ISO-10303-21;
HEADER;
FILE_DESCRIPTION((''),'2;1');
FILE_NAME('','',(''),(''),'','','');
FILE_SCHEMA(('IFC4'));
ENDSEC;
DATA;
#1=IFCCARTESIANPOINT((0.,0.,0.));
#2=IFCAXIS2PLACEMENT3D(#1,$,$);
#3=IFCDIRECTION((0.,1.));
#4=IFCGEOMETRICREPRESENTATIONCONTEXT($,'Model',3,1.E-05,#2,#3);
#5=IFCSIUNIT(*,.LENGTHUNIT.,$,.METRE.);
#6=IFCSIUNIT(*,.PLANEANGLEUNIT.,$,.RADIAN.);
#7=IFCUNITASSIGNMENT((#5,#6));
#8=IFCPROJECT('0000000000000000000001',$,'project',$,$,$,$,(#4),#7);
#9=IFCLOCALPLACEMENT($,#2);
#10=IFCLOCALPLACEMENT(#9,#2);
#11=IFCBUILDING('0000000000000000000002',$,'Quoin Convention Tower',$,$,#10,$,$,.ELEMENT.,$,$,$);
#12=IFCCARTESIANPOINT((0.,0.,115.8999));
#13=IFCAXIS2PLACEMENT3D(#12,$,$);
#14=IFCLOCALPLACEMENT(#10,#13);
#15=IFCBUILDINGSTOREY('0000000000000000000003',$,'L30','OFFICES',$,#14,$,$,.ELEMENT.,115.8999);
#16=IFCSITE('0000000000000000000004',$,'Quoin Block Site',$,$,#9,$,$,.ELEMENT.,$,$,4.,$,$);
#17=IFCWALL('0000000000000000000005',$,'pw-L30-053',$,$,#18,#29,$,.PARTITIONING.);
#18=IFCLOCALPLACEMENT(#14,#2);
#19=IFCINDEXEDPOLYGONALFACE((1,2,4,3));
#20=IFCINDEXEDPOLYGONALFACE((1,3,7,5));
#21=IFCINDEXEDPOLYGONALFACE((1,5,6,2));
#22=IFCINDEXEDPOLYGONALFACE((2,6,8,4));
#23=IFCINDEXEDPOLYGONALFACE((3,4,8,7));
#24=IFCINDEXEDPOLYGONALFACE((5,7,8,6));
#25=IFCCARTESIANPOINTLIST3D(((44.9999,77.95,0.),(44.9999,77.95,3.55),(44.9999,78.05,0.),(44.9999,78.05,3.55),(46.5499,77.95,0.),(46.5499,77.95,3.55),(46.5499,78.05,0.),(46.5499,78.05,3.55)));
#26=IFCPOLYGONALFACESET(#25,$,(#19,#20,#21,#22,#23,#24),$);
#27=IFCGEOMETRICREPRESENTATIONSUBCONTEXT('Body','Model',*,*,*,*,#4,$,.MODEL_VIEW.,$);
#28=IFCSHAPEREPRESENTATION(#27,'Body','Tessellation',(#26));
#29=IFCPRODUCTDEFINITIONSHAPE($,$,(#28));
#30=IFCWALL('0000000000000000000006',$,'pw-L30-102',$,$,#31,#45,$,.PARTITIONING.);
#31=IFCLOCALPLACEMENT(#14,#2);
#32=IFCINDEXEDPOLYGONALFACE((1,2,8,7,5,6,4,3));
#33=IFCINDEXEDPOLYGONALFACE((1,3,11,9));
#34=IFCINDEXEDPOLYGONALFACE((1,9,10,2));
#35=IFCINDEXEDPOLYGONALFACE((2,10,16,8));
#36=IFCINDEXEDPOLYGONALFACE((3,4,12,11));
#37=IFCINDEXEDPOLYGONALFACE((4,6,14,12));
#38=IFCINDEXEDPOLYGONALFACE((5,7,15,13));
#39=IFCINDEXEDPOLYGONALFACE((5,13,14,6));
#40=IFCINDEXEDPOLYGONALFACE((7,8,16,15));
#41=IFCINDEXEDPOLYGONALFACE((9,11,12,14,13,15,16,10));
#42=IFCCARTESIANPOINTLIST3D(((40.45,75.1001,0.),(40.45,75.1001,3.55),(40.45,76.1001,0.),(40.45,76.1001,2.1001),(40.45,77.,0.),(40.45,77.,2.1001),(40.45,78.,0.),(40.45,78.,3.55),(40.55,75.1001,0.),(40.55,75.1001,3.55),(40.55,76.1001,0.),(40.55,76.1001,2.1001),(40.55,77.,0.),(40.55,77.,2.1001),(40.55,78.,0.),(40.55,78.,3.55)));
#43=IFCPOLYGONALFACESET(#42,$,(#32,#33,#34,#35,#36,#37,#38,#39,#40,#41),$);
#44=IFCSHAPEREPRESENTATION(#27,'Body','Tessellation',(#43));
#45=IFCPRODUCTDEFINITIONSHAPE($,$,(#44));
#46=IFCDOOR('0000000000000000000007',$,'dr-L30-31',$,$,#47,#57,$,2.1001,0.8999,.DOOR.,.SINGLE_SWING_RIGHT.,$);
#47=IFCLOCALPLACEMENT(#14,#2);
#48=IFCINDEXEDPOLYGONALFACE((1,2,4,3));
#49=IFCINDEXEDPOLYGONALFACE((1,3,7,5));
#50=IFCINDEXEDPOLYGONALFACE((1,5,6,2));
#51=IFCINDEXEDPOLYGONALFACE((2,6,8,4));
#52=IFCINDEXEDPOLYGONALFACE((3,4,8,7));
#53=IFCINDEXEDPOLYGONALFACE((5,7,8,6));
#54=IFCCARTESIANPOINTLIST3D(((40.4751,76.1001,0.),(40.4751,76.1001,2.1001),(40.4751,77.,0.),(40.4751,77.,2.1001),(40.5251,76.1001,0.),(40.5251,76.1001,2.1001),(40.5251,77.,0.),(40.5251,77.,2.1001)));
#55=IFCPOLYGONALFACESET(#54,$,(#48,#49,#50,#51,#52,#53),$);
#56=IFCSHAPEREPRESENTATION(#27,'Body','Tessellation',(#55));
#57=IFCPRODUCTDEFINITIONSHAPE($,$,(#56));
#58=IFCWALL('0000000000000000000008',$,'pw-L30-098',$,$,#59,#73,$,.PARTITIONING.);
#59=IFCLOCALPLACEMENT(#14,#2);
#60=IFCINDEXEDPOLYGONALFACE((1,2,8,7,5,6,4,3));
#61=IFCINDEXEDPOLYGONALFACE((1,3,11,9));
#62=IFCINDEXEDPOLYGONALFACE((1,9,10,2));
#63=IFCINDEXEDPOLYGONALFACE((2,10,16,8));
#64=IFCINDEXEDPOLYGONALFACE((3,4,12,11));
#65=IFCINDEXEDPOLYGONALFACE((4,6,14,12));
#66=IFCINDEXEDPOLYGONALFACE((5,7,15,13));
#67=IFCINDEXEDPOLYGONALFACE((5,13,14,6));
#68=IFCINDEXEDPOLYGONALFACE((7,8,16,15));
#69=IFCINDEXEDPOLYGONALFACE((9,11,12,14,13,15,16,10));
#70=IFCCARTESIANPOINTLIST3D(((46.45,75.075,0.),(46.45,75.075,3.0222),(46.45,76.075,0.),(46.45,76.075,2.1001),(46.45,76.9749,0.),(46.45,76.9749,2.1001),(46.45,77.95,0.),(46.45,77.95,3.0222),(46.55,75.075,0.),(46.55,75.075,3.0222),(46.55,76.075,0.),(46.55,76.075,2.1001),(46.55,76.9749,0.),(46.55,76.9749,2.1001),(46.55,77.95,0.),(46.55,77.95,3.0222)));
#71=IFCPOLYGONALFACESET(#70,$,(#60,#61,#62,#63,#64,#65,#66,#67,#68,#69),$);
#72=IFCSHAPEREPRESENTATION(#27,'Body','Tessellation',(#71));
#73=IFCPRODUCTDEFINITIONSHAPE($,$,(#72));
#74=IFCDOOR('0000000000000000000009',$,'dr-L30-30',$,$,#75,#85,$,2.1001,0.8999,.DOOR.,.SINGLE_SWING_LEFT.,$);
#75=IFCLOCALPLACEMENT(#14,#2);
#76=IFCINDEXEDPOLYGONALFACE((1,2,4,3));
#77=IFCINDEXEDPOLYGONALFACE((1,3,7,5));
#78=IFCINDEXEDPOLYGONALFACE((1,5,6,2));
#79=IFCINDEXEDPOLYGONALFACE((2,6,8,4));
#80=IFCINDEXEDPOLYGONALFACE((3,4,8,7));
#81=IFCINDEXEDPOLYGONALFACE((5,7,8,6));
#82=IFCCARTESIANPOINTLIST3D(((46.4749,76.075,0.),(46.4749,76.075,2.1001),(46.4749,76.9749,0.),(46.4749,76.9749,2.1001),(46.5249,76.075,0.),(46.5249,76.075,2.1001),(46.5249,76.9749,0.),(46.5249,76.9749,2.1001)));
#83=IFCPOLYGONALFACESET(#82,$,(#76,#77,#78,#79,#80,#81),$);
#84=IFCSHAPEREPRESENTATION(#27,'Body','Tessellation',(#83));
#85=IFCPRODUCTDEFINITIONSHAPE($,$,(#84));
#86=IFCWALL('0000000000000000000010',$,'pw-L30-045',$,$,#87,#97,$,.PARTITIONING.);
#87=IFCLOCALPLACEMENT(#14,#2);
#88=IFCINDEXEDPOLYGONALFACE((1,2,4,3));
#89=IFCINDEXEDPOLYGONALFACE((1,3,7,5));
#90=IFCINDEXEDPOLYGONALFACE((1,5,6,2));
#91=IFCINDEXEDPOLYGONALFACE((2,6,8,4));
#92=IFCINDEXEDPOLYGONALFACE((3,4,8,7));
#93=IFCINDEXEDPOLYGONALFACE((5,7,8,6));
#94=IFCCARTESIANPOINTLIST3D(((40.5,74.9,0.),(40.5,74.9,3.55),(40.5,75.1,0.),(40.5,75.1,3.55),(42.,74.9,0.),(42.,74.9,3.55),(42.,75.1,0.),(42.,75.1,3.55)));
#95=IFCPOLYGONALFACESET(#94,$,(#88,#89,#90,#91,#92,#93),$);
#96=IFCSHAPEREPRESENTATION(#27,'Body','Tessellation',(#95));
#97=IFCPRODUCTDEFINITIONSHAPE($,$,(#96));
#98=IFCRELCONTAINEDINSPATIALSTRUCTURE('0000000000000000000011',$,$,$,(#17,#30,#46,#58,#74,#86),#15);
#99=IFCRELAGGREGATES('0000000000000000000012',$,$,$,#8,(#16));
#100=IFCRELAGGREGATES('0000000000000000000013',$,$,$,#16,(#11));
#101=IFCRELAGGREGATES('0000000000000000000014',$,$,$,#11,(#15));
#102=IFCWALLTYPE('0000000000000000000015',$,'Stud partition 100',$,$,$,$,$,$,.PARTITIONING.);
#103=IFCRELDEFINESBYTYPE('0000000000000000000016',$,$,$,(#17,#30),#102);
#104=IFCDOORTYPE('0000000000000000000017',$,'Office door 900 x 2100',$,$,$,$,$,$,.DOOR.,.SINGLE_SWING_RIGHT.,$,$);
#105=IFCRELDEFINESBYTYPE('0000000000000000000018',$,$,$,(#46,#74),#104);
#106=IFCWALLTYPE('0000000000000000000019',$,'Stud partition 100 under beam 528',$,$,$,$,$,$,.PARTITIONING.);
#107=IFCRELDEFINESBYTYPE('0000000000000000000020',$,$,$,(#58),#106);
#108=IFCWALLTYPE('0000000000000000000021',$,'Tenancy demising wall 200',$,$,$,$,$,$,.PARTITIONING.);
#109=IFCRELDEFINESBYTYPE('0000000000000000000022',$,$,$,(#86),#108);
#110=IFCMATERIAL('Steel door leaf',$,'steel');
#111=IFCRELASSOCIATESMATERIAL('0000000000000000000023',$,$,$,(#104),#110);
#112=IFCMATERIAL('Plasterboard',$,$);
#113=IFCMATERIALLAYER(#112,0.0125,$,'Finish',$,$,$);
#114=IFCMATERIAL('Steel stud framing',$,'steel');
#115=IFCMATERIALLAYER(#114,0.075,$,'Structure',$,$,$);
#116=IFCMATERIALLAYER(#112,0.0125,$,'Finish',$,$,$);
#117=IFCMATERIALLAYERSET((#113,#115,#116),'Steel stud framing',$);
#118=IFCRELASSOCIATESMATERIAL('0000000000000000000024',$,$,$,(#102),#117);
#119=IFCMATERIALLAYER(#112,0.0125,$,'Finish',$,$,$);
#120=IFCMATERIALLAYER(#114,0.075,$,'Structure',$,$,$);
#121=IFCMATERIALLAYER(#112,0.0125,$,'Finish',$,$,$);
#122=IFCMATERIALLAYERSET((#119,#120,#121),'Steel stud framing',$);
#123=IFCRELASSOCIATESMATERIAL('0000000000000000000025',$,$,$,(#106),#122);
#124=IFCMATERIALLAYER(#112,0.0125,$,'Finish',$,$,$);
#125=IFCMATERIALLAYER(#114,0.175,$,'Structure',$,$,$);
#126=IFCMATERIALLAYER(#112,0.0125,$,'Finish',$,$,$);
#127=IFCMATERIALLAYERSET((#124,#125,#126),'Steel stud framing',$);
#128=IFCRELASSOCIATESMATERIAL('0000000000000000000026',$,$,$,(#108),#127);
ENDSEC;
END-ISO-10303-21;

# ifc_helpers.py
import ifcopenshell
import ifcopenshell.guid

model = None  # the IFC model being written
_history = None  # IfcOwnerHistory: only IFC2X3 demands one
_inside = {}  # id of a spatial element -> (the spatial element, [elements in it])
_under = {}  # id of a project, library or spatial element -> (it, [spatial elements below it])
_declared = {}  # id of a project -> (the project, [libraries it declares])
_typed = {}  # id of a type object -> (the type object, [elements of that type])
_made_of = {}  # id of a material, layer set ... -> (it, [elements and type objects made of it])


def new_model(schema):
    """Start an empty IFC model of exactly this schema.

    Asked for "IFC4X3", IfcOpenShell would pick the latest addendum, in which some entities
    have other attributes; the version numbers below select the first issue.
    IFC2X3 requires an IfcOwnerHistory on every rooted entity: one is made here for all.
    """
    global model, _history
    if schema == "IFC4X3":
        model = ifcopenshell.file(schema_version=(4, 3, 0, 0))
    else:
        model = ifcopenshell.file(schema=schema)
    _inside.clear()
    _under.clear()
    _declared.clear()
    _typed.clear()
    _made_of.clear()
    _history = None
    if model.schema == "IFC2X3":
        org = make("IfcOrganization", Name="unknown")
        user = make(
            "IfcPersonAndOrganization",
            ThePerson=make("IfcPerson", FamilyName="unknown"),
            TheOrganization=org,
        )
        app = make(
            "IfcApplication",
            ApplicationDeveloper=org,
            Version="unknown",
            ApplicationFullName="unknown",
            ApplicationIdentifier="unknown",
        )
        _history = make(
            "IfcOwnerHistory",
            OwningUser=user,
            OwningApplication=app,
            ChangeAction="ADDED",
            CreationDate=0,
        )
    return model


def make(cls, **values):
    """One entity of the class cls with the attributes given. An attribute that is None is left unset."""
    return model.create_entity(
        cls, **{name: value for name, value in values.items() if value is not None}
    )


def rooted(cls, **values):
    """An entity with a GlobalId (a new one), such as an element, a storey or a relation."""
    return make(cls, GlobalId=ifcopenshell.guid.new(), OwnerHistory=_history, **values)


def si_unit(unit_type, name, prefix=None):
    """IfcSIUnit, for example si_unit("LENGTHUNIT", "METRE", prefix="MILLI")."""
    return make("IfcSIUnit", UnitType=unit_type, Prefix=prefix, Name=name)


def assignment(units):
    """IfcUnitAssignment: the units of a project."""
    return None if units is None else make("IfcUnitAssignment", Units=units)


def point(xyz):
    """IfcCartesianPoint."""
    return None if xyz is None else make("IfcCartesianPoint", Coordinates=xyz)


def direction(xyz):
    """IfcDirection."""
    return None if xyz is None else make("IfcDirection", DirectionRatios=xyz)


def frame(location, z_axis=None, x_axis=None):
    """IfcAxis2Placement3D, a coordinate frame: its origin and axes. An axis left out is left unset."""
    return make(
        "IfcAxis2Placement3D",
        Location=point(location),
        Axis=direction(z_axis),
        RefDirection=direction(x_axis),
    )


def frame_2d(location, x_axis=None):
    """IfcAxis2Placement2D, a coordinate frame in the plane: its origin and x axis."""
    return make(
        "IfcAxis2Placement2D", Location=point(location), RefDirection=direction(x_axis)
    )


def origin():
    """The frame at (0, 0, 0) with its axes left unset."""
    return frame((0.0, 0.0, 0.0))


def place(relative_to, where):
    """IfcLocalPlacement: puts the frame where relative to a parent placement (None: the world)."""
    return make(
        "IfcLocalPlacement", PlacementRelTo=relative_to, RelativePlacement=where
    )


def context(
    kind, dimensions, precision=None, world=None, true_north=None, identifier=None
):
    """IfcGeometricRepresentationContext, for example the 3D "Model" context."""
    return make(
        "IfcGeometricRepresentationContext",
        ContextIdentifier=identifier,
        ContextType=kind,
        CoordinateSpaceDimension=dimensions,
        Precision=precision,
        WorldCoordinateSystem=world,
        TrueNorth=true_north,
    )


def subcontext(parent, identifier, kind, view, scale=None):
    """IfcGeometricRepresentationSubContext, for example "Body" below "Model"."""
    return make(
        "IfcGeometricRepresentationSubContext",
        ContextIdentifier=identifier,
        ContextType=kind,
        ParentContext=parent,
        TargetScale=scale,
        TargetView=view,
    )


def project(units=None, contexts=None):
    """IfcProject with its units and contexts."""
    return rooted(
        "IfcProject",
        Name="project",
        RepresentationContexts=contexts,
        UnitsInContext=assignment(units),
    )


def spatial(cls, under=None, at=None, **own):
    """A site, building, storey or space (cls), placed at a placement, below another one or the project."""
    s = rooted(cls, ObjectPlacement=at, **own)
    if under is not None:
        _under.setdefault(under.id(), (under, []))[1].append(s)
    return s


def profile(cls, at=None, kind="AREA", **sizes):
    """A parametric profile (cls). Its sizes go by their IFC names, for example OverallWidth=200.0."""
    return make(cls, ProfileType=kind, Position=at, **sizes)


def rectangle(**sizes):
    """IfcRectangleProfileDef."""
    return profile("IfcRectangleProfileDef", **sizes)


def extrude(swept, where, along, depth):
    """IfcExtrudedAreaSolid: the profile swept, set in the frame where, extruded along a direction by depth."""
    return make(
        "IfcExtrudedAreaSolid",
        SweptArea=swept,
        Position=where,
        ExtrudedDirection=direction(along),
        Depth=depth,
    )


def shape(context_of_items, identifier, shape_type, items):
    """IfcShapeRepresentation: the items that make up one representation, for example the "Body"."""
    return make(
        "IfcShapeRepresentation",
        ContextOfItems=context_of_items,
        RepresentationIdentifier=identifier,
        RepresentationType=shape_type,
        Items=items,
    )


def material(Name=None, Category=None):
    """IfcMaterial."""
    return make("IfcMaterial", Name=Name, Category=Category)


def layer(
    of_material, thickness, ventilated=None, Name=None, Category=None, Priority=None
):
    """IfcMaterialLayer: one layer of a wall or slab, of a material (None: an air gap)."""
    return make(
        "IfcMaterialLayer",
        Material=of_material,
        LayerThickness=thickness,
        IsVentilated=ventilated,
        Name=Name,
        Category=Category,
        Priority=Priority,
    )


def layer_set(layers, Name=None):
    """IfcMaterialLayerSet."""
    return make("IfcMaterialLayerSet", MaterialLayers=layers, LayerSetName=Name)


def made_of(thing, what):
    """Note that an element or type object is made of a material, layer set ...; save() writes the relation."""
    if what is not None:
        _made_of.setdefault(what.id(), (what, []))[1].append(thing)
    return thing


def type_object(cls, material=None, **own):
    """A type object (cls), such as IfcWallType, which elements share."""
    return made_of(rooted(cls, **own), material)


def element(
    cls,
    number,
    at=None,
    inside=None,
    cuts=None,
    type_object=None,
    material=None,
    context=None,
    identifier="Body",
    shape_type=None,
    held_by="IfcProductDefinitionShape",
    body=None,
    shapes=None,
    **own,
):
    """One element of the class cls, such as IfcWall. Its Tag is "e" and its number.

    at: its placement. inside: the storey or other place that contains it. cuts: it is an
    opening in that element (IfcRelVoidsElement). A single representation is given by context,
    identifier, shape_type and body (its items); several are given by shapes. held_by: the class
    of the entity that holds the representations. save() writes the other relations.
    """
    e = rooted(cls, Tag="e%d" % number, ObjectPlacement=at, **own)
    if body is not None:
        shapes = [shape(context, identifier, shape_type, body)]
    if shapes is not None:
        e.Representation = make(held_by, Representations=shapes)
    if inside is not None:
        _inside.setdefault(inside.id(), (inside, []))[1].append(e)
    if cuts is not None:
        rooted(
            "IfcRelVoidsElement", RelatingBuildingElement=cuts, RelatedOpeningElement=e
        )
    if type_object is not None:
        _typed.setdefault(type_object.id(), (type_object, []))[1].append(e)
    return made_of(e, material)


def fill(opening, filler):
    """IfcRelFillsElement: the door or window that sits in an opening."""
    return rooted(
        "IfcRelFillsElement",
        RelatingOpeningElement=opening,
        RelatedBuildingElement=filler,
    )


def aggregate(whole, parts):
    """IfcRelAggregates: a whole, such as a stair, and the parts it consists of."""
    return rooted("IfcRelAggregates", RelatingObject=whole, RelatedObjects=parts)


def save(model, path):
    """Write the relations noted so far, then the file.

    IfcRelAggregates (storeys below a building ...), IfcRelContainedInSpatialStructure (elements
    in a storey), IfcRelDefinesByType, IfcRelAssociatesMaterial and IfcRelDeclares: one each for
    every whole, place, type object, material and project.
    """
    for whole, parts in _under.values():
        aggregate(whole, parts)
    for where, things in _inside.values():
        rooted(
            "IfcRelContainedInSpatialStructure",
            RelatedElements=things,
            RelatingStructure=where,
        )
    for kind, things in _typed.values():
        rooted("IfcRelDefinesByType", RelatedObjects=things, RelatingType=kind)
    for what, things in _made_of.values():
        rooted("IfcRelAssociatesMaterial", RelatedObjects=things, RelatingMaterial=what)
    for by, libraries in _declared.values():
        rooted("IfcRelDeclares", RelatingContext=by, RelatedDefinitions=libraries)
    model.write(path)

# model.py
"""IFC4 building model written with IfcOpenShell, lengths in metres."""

from ifc_helpers import new_model, si_unit, direction, frame, frame_2d, origin, place, context, subcontext, project, spatial, rectangle, extrude, material, layer, layer_set, type_object, element, fill, save


model = new_model("IFC4")

# Units and contexts
model_context = context("Model", 3, precision=1e-05, world=origin(), true_north=direction((0.0, 1.0)))
body_context = subcontext(model_context, "Body", "Model", "MODEL_VIEW")
ifc_project = project(units=[si_unit("LENGTHUNIT", "METRE"), si_unit("PLANEANGLEUNIT", "RADIAN")], contexts=[model_context])

# Site, building, storey
site_placement = place(None, origin())
site = spatial("IfcSite", under=ifc_project, at=site_placement, Name="Quoin Block Site", CompositionType="ELEMENT", RefElevation=4.0)
building_placement = place(site_placement, origin())
building = spatial("IfcBuilding", under=site, at=building_placement, Name="Quoin Convention Tower", CompositionType="ELEMENT")
storey_placement = place(building_placement, frame((0.0, 0.0, 115.8999)))
storey = spatial("IfcBuildingStorey", under=building, at=storey_placement, Name="L30", Description="OFFICES", CompositionType="ELEMENT", Elevation=115.8999)

# Shared definitions
ifc_material_1 = material(Name="Plasterboard")
ifc_material_2 = material(Name="Steel stud framing", Category="steel")

# Shared definitions
ifc_material_3 = material(Name="Steel door leaf", Category="steel")
door_type_1 = type_object("IfcDoorType", Name="Office door 900 x 2100", OperationType="SINGLE_SWING_RIGHT", PredefinedType="DOOR", material=ifc_material_3)

# Wall
ifc_layer_1 = layer(ifc_material_1, 0.0125, Name="Finish")
ifc_layer_2 = layer(ifc_material_2, 0.075, Name="Structure")
ifc_layer_3 = layer(ifc_material_1, 0.0125, Name="Finish")
ifc_layer_set_1 = layer_set([ifc_layer_1, ifc_layer_2, ifc_layer_3], Name="Steel stud framing")
wall_type_1 = type_object("IfcWallType", Name="Stud partition 100", PredefinedType="PARTITIONING", material=ifc_layer_set_1)
wall_1_placement = place(storey_placement, frame((45.0, 78.0, 0.0), z_axis=(0.0, 0.0, 1.0), x_axis=(1.0, 0.0, 0.0)))
element("IfcWall", 1, at=wall_1_placement, inside=storey, type_object=wall_type_1, Name="pw-L30-053", PredefinedType="PARTITIONING", context=body_context, shape_type="SweptSolid", body=[
    extrude(rectangle(XDim=1.55, YDim=0.1001, at=frame_2d((0.7749, 0.0))), origin(), (0.0, 0.0, 1.0), 3.55),
])

# Walls, openings, doors
wall_2_placement = place(storey_placement, frame((40.5, 75.1001, 0.0), z_axis=(0.0, 0.0, 1.0), x_axis=(0.0, 1.0, 0.0)))
wall_2 = element("IfcWall", 2, at=wall_2_placement, inside=storey, type_object=wall_type_1, Name="pw-L30-102", PredefinedType="PARTITIONING", context=body_context, shape_type="SweptSolid", body=[
    extrude(rectangle(XDim=2.8999, YDim=0.1001, at=frame_2d((1.45, 0.0))), origin(), (0.0, 0.0, 1.0), 3.55),
])
opening_1_placement = place(wall_2_placement, frame((1.0, 0.0, 0.0)))
opening_1 = element("IfcOpeningElement", 3, at=opening_1_placement, cuts=wall_2, PredefinedType="OPENING", context=body_context, shape_type="SweptSolid", body=[
    extrude(rectangle(XDim=0.8999, YDim=2.1001, at=frame_2d((0.45, 1.05))), frame((0.0, 0.0601, 0.0), z_axis=(0.0, -1.0, 0.0), x_axis=(1.0, 0.0, 0.0)), (0.0, 0.0, 1.0), 0.1201),
])
door_1_placement = place(opening_1_placement, origin())
door_1 = element("IfcDoor", 4, at=door_1_placement, inside=storey, type_object=door_type_1, Name="dr-L30-31", OperationType="SINGLE_SWING_RIGHT", OverallHeight=2.1001, OverallWidth=0.8999, PredefinedType="DOOR", context=body_context, shape_type="SweptSolid", body=[
    extrude(rectangle(XDim=0.8999, YDim=2.1001, at=frame_2d((0.45, 1.05))), frame((0.0, 0.0249, 0.0), z_axis=(0.0, -1.0, 0.0), x_axis=(1.0, 0.0, 0.0)), (0.0, 0.0, 1.0), 0.05),
])
fill(opening_1, door_1)
ifc_layer_4 = layer(ifc_material_1, 0.0125, Name="Finish")
ifc_layer_5 = layer(ifc_material_2, 0.075, Name="Structure")
ifc_layer_6 = layer(ifc_material_1, 0.0125, Name="Finish")
ifc_layer_set_2 = layer_set([ifc_layer_4, ifc_layer_5, ifc_layer_6], Name="Steel stud framing")
wall_type_2 = type_object("IfcWallType", Name="Stud partition 100 under beam 528", PredefinedType="PARTITIONING", material=ifc_layer_set_2)
wall_3_placement = place(storey_placement, frame((46.5, 75.075, 0.0), z_axis=(0.0, 0.0, 1.0), x_axis=(0.0, 1.0, 0.0)))
wall_3 = element("IfcWall", 5, at=wall_3_placement, inside=storey, type_object=wall_type_2, Name="pw-L30-098", PredefinedType="PARTITIONING", context=body_context, shape_type="SweptSolid", body=[
    extrude(rectangle(XDim=2.875, YDim=0.1001, at=frame_2d((1.4375, 0.0))), origin(), (0.0, 0.0, 1.0), 3.0222),
])
opening_2_placement = place(wall_3_placement, frame((1.0, 0.0, 0.0)))
opening_2 = element("IfcOpeningElement", 6, at=opening_2_placement, cuts=wall_3, PredefinedType="OPENING", context=body_context, shape_type="SweptSolid", body=[
    extrude(rectangle(XDim=0.8999, YDim=2.1001, at=frame_2d((0.45, 1.05))), frame((0.0, 0.0601, 0.0), z_axis=(0.0, -1.0, 0.0), x_axis=(1.0, 0.0, 0.0)), (0.0, 0.0, 1.0), 0.1201),
])
door_2_placement = place(opening_2_placement, frame((0.8999, 0.0, 0.0), z_axis=(0.0, 0.0, 1.0), x_axis=(-1.0, 0.0, 0.0)))
door_2 = element("IfcDoor", 7, at=door_2_placement, inside=storey, type_object=door_type_1, Name="dr-L30-30", OperationType="SINGLE_SWING_LEFT", OverallHeight=2.1001, OverallWidth=0.8999, PredefinedType="DOOR", context=body_context, shape_type="SweptSolid", body=[
    extrude(rectangle(XDim=0.8999, YDim=2.1001, at=frame_2d((0.45, 1.05))), frame((0.0, 0.0249, 0.0), z_axis=(0.0, -1.0, 0.0), x_axis=(1.0, 0.0, 0.0)), (0.0, 0.0, 1.0), 0.05),
])
fill(opening_2, door_2)

# Wall
ifc_layer_7 = layer(ifc_material_1, 0.0125, Name="Finish")
ifc_layer_8 = layer(ifc_material_2, 0.175, Name="Structure")
ifc_layer_9 = layer(ifc_material_1, 0.0125, Name="Finish")
ifc_layer_set_3 = layer_set([ifc_layer_7, ifc_layer_8, ifc_layer_9], Name="Steel stud framing")
wall_type_3 = type_object("IfcWallType", Name="Tenancy demising wall 200", PredefinedType="PARTITIONING", material=ifc_layer_set_3)
wall_4_placement = place(storey_placement, frame((40.5, 75.0, 0.0), z_axis=(0.0, 0.0, 1.0), x_axis=(1.0, 0.0, 0.0)))
element("IfcWall", 8, at=wall_4_placement, inside=storey, type_object=wall_type_3, Name="pw-L30-045", PredefinedType="PARTITIONING", context=body_context, shape_type="SweptSolid", body=[
    extrude(rectangle(XDim=1.5, YDim=0.2, at=frame_2d((0.75, 0.0))), origin(), (0.0, 0.0, 1.0), 3.55),
])

save(model, "model.ifc")
